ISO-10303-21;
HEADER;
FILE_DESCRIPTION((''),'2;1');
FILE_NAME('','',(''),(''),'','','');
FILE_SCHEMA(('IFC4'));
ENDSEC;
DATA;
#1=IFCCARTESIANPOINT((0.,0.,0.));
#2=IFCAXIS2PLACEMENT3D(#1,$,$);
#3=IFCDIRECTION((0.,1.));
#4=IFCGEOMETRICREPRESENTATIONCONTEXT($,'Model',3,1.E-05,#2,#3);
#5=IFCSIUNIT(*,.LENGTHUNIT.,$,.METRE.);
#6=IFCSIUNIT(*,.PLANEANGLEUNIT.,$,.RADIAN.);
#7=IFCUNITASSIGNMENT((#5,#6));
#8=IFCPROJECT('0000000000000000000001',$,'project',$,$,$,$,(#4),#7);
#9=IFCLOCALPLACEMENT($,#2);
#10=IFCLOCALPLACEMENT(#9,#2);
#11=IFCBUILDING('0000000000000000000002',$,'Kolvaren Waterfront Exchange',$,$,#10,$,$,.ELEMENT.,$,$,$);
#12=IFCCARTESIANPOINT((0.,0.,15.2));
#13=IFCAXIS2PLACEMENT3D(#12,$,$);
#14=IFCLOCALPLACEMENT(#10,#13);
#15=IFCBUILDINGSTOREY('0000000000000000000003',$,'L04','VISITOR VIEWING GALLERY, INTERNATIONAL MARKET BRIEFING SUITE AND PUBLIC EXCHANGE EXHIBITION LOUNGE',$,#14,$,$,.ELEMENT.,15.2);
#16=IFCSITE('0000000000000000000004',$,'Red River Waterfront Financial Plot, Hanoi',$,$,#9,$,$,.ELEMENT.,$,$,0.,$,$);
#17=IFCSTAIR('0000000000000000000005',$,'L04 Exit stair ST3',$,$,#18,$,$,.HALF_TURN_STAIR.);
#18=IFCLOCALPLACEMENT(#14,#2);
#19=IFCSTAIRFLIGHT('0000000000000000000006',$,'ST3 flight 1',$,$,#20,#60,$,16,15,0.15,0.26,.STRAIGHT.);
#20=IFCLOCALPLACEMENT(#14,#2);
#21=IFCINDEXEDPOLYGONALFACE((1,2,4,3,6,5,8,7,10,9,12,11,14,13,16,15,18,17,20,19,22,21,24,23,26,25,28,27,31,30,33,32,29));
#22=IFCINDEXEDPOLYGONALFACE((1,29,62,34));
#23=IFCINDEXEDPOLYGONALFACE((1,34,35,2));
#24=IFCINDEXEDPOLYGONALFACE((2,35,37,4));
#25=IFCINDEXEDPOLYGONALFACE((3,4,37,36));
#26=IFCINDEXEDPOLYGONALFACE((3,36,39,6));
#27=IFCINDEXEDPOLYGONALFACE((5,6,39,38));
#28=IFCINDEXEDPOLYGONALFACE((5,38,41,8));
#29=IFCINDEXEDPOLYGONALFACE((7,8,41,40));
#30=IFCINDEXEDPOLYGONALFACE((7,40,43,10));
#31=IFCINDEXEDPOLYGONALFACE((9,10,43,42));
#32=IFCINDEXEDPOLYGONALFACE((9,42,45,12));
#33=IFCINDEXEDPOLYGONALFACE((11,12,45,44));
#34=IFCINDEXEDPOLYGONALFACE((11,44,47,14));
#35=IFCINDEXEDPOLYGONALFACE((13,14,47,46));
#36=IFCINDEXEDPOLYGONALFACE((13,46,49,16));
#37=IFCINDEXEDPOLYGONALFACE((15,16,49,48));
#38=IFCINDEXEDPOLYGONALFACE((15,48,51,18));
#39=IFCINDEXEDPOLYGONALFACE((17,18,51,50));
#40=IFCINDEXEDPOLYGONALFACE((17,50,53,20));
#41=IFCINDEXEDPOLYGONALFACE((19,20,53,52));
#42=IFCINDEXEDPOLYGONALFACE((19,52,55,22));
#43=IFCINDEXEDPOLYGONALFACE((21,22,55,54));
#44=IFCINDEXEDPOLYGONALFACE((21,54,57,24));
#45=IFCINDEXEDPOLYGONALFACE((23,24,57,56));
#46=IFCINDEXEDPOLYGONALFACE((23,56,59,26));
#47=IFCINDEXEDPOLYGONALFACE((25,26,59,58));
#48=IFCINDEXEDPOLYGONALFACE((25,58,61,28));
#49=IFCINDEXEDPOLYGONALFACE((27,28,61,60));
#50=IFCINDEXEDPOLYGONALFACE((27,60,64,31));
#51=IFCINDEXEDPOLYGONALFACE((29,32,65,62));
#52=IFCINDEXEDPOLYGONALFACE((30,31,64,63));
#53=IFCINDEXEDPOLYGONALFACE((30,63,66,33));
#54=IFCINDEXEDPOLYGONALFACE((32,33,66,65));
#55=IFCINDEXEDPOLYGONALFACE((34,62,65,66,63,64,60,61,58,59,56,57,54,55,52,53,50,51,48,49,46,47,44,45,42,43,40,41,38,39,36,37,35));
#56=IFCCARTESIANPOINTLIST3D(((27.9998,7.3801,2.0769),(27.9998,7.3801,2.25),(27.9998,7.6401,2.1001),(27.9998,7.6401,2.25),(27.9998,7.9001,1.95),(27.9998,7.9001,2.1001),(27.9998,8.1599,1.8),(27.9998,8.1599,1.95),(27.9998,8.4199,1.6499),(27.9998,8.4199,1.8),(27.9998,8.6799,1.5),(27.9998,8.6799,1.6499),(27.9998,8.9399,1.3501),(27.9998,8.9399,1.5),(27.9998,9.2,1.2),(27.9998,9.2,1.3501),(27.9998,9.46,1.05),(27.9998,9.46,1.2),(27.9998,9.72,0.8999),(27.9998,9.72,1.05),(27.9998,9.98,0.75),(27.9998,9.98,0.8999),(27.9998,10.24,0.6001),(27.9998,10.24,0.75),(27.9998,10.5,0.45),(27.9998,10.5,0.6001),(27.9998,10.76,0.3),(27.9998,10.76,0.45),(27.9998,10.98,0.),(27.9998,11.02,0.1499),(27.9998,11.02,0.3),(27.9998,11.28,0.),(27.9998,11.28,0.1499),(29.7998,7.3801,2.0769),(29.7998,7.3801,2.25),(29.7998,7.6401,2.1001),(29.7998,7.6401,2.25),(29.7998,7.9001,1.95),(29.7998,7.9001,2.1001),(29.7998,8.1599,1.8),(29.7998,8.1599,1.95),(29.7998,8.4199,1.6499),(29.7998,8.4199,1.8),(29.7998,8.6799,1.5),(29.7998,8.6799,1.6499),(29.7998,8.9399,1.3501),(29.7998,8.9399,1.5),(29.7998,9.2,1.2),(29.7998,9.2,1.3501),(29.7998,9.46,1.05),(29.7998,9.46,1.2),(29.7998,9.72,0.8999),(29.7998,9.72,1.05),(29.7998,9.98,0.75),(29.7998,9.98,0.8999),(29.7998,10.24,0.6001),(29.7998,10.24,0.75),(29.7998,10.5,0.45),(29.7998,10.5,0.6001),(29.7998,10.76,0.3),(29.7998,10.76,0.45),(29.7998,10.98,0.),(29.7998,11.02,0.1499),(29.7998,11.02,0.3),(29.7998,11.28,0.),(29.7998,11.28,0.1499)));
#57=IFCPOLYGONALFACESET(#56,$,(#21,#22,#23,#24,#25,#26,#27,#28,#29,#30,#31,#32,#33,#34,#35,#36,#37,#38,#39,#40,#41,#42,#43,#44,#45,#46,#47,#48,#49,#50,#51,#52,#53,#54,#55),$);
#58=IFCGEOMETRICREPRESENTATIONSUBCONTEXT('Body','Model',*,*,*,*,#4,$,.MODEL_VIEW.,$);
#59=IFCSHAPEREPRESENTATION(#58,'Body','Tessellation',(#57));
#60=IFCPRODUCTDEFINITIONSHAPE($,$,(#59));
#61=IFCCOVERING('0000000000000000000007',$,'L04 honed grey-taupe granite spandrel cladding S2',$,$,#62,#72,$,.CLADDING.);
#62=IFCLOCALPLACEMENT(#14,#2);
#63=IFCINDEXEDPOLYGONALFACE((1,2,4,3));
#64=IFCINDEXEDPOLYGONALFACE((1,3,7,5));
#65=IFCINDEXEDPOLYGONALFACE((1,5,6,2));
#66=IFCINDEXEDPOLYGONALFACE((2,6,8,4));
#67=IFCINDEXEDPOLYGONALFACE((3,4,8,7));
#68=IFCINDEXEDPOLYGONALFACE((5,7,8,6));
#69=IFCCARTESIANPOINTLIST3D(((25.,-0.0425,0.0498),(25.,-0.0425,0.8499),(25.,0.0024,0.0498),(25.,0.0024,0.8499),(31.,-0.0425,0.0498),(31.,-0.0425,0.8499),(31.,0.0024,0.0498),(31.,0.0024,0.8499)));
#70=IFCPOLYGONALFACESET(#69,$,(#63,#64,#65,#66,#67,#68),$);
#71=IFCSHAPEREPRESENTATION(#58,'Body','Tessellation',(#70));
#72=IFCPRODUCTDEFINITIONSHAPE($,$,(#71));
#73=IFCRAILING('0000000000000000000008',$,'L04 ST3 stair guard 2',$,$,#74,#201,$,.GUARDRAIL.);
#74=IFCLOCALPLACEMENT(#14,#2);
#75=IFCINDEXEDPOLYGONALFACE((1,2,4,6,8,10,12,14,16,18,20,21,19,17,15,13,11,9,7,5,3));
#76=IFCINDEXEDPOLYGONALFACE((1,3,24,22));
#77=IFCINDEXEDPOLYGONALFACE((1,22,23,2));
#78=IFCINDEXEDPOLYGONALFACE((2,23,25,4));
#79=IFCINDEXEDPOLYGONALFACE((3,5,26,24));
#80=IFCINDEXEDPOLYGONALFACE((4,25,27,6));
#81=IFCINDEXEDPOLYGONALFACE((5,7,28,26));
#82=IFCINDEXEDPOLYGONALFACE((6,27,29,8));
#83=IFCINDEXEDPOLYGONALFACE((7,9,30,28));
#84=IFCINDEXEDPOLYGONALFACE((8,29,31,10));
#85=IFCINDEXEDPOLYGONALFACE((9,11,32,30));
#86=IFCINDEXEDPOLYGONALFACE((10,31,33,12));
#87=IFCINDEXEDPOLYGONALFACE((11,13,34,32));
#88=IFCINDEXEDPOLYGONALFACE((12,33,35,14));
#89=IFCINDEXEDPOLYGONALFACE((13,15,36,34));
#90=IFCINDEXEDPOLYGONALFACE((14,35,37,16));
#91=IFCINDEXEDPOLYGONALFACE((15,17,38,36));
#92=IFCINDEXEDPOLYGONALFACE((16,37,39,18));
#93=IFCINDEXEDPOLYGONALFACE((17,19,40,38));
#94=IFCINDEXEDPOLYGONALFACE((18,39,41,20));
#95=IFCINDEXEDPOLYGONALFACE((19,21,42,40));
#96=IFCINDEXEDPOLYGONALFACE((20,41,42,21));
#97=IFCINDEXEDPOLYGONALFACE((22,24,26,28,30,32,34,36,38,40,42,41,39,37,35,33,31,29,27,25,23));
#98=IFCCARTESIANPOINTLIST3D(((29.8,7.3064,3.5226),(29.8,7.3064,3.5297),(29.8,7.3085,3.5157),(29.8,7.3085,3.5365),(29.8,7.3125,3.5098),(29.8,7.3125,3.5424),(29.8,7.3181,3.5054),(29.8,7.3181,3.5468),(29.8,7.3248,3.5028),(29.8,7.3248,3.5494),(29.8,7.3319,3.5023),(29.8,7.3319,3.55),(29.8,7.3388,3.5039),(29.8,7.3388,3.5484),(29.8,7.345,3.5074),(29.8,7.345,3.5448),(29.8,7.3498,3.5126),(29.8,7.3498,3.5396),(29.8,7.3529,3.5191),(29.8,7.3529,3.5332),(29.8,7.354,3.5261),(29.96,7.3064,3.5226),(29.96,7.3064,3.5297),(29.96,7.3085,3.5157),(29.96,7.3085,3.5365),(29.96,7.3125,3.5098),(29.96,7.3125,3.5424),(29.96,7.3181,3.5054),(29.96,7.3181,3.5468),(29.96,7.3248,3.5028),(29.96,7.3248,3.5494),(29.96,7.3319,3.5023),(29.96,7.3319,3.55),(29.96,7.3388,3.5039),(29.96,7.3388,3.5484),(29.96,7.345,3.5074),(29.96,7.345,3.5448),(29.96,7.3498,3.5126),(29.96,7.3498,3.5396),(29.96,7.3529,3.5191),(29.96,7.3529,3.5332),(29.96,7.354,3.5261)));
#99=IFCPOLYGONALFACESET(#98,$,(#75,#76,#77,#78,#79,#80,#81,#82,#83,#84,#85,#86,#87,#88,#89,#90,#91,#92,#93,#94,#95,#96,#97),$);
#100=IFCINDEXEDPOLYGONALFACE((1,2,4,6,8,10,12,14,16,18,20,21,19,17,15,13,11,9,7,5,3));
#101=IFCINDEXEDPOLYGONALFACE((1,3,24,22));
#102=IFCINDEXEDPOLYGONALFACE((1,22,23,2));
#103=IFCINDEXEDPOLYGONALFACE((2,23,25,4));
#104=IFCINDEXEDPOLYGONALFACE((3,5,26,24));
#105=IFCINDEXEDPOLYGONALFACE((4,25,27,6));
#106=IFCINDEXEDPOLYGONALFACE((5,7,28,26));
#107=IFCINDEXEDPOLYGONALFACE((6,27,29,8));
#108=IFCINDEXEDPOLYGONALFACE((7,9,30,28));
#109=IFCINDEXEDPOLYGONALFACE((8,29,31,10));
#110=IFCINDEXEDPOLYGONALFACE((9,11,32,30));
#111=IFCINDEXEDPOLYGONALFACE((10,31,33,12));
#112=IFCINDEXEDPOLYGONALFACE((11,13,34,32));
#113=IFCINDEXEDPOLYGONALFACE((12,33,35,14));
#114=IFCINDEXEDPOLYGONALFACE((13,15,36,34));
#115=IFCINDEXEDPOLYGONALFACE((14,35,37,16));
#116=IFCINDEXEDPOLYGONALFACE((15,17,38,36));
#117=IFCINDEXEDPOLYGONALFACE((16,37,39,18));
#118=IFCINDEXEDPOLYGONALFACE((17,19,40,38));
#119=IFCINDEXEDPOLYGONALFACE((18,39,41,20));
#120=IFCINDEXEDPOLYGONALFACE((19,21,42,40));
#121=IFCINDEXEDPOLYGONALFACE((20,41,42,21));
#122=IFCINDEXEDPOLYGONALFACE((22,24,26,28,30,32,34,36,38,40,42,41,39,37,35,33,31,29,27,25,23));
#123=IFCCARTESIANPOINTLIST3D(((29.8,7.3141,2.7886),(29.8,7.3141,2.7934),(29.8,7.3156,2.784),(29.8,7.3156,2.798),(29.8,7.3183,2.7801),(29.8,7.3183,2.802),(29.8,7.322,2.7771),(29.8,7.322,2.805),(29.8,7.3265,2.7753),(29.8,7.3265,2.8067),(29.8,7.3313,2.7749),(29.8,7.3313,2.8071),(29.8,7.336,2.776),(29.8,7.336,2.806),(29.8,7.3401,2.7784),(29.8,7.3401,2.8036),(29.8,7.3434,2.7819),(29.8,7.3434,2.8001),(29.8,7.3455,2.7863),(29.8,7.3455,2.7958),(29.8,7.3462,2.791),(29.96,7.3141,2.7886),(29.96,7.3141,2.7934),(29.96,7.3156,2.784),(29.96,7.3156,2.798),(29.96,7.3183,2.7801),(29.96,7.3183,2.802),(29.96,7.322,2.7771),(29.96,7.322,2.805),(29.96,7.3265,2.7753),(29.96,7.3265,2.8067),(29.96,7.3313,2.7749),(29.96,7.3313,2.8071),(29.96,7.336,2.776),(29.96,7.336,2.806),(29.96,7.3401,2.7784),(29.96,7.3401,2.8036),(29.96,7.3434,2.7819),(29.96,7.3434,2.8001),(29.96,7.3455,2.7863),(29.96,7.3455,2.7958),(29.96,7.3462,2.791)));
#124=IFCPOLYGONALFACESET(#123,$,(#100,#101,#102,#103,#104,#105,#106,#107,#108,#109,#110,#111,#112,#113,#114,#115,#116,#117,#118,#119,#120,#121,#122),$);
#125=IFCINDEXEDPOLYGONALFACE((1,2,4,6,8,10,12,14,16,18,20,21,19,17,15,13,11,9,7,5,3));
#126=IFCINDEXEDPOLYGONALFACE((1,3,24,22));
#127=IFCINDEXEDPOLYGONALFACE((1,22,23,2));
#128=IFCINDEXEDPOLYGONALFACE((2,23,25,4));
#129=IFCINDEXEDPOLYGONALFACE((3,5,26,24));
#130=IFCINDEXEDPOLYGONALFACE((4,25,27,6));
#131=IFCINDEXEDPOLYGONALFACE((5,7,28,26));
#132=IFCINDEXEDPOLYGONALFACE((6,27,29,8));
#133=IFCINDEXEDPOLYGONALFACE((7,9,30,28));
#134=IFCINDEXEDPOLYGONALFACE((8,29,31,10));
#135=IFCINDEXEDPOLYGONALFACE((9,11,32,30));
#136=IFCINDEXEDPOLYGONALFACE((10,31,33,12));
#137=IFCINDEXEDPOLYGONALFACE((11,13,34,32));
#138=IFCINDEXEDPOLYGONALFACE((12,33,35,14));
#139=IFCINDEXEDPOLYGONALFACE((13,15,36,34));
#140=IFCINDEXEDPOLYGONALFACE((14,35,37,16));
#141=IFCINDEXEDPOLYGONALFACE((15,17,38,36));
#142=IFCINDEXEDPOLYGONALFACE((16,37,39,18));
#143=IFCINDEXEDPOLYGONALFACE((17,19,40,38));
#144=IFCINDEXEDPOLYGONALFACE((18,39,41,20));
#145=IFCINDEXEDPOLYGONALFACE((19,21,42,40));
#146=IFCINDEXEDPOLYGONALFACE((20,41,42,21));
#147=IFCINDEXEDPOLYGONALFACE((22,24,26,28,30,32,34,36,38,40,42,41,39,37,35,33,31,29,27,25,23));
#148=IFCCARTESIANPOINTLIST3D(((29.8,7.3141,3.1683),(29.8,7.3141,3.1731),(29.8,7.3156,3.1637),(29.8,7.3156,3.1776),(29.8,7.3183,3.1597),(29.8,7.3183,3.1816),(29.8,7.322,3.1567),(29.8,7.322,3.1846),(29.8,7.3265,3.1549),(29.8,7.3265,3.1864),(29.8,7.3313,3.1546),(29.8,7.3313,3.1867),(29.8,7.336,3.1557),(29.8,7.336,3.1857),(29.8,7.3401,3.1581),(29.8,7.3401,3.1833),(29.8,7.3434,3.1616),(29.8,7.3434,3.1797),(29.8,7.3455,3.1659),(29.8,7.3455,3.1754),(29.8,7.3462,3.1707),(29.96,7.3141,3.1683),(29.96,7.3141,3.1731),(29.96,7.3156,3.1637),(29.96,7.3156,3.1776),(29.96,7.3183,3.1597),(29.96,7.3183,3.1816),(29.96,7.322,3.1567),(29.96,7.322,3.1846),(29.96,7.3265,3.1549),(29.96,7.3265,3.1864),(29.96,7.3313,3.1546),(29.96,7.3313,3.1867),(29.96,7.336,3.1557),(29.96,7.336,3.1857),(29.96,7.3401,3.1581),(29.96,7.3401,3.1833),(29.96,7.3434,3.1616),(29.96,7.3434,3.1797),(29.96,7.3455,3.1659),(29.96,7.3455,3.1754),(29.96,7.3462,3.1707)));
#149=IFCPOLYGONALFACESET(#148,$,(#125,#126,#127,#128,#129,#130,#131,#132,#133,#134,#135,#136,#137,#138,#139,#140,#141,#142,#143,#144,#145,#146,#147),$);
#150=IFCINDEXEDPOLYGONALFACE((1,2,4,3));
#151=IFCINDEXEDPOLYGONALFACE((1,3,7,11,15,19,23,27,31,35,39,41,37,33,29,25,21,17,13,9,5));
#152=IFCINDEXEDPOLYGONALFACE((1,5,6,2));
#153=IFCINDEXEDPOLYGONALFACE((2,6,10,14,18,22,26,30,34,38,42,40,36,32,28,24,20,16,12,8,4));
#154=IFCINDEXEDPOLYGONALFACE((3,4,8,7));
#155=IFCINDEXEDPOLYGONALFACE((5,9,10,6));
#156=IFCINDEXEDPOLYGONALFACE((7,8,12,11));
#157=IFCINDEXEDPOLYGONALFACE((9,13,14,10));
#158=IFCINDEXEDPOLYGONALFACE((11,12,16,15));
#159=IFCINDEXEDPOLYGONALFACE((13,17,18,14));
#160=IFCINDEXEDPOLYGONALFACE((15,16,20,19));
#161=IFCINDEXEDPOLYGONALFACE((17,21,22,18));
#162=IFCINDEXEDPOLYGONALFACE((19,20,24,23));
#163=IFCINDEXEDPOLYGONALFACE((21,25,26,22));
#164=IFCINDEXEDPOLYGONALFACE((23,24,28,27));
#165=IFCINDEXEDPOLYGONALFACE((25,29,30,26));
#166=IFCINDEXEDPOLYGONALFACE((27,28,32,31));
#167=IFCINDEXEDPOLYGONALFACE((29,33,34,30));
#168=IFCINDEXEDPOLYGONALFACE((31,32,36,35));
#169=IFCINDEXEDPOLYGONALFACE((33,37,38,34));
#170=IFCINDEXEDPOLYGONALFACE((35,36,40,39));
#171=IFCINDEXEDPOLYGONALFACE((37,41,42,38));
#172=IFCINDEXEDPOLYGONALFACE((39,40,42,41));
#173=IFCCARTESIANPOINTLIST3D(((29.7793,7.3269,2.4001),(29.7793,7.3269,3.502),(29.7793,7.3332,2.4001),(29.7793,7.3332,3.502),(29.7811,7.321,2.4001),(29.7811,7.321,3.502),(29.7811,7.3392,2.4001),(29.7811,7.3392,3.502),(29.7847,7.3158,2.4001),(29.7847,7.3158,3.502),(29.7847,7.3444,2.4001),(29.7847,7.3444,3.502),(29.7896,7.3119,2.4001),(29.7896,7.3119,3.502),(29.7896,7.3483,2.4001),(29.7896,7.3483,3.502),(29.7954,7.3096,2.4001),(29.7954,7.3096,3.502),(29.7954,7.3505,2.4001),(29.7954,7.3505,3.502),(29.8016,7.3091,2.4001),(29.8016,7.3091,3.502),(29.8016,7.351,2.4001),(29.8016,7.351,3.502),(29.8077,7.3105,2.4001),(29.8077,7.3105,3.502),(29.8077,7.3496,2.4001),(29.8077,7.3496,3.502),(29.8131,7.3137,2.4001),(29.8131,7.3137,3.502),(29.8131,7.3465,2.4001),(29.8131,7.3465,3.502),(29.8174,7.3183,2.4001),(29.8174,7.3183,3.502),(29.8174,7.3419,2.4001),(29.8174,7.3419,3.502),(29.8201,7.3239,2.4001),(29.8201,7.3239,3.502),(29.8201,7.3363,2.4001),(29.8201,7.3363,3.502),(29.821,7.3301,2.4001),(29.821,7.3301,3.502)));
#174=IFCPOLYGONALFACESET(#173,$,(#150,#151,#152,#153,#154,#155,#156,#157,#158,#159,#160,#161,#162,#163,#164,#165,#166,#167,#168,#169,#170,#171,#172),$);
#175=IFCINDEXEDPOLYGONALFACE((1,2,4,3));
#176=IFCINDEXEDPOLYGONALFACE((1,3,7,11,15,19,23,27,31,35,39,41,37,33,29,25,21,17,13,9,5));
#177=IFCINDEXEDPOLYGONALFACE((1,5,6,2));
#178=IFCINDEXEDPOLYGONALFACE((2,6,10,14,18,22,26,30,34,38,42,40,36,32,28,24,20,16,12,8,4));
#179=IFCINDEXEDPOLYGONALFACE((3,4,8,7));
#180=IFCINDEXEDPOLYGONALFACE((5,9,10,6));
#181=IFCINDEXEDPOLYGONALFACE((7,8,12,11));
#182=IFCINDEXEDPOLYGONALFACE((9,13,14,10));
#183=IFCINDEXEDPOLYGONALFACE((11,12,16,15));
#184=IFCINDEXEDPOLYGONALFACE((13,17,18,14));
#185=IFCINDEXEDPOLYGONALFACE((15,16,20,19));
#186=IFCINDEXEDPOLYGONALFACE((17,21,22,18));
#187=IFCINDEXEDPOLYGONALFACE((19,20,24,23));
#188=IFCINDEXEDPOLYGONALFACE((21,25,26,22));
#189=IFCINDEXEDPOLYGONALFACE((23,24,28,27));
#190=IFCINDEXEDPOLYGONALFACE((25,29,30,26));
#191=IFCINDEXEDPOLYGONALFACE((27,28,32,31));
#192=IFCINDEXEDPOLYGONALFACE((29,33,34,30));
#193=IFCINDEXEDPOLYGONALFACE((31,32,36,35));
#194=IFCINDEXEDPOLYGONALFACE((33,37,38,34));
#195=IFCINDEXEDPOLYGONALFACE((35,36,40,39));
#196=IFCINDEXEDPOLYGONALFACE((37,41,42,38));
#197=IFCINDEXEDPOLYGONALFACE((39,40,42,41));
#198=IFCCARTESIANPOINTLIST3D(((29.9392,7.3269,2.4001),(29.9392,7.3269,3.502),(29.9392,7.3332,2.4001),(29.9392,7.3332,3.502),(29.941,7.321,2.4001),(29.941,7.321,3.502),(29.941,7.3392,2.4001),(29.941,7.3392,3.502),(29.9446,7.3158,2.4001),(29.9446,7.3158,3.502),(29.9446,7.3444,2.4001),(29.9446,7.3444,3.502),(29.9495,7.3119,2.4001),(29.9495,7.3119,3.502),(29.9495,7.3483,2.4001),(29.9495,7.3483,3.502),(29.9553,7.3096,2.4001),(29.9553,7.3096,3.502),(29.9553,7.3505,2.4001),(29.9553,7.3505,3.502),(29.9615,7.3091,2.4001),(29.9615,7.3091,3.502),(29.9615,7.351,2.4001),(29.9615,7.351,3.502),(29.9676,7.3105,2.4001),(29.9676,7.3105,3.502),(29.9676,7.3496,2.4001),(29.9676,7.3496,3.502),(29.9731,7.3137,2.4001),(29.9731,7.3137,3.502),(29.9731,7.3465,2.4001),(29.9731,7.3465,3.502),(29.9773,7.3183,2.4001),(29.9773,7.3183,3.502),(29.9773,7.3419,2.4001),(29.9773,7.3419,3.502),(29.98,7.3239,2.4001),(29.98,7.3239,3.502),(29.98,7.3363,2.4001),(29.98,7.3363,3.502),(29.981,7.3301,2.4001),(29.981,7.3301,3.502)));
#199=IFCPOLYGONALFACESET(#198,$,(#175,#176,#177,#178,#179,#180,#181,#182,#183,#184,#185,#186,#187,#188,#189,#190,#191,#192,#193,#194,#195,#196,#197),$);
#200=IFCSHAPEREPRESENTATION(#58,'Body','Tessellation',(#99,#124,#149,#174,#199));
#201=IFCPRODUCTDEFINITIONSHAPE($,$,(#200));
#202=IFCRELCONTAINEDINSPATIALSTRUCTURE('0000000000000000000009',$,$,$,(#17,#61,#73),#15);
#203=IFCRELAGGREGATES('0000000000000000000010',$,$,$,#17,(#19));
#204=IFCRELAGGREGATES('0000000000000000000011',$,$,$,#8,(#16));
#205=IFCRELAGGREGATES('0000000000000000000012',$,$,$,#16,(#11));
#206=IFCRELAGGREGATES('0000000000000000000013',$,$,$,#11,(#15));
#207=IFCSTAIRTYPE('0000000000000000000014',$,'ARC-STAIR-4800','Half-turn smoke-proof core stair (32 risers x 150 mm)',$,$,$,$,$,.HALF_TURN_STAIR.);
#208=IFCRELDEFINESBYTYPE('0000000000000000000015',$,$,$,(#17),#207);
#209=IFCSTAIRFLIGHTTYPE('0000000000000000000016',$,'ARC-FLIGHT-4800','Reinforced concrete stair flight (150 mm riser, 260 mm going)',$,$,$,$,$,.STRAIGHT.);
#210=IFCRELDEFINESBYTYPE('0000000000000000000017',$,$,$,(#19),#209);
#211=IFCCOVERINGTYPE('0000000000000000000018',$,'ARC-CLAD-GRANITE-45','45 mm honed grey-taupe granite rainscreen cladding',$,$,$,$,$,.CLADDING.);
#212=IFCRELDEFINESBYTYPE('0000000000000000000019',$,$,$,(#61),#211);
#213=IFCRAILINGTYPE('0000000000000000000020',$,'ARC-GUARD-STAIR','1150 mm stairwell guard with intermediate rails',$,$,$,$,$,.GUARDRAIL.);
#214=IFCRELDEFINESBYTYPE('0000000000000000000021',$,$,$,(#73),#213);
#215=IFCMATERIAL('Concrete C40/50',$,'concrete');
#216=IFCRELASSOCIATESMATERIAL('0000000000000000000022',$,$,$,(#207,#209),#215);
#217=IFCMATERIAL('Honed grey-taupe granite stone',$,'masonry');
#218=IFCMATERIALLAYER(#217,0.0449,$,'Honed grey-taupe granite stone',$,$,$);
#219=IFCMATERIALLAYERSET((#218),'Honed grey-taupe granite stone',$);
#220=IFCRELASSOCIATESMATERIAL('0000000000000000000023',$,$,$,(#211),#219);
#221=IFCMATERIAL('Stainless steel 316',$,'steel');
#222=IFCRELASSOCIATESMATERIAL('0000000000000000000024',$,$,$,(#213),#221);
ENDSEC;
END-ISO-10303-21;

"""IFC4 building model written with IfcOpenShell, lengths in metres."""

from ifc_helpers import new_model, si_unit, direction, frame, origin, origin_2d, place, context, subcontext, project, spatial, polyline, rectangle, circle, outline, extrude, material, layer, layer_set, type_object, element, aggregate, save


model = new_model("IFC4")

# Units and contexts
model_context = context("Model", 3, precision=1e-05, world=origin(), true_north=direction((0.0, 1.0)))
body_context = subcontext(model_context, "Body", "Model", "MODEL_VIEW")
ifc_project = project(units=[si_unit("LENGTHUNIT", "METRE"), si_unit("PLANEANGLEUNIT", "RADIAN")], contexts=[model_context])

# Site, building, storey
site_placement = place(None, origin())
site = spatial("IfcSite", under=ifc_project, at=site_placement, Name="Red River Waterfront Financial Plot, Hanoi", CompositionType="ELEMENT", RefElevation=0.0)
building_placement = place(site_placement, origin())
building = spatial("IfcBuilding", under=site, at=building_placement, Name="Kolvaren Waterfront Exchange", CompositionType="ELEMENT")
storey_placement = place(building_placement, frame((0.0, 0.0, 15.2)))
storey = spatial("IfcBuildingStorey", under=building, at=storey_placement, Name="L04", Description="VISITOR VIEWING GALLERY, INTERNATIONAL MARKET BRIEFING SUITE AND PUBLIC EXCHANGE EXHIBITION LOUNGE", CompositionType="ELEMENT", Elevation=15.2)

# Shared definitions
ifc_material_1 = material(Name="Concrete C40/50", Category="concrete")

# Stair, stair flight
stair_type = type_object("IfcStairType", Name="ARC-STAIR-4800", Description="Half-turn smoke-proof core stair (32 risers x 150 mm)", PredefinedType="HALF_TURN_STAIR", material=ifc_material_1)
stair_placement = place(storey_placement, origin())
stair = element("IfcStair", 1, at=stair_placement, inside=storey, type_object=stair_type, Name="L04 Exit stair ST3", PredefinedType="HALF_TURN_STAIR")
stair_flight_type = type_object("IfcStairFlightType", Name="ARC-FLIGHT-4800", Description="Reinforced concrete stair flight (150 mm riser, 260 mm going)", PredefinedType="STRAIGHT", material=ifc_material_1)
stair_flight_placement = place(storey_placement, frame((28.8999, 11.28, 0.0), z_axis=(0.0, 0.0, 1.0), x_axis=(0.0, -1.0, 0.0)))
stair_flight = element("IfcStairFlight", 2, at=stair_flight_placement, type_object=stair_flight_type, Name="ST3 flight 1", NumberOfRisers=16, NumberOfTreads=15, PredefinedType="STRAIGHT", RiserHeight=0.15, TreadLength=0.26, context=body_context, shape_type="SweptSolid", body=[
    extrude(outline(polyline([(0.0, 0.0), (0.0, 0.1499), (0.26, 0.1499), (0.26, 0.3), (0.52, 0.3), (0.52, 0.45), (0.78, 0.45), (0.78, 0.6001), (1.04, 0.6001), (1.04, 0.75), (1.3, 0.75), (1.3, 0.8999), (1.5601, 0.8999), (1.5601, 1.05), (1.8201, 1.05), (1.8201, 1.2), (2.0801, 1.2), (2.0801, 1.3501), (2.3401, 1.3501), (2.3401, 1.5), (2.6001, 1.5), (2.6001, 1.6499), (2.8601, 1.6499), (2.8601, 1.8), (3.1201, 1.8), (3.1201, 1.95), (3.3799, 1.95), (3.3799, 2.1001), (3.6399, 2.1001), (3.6399, 2.25), (3.8999, 2.25), (3.8999, 2.3999), (3.8999, 2.0769), (0.3, 0.0), (0.0, 0.0)])), frame((0.0, 0.8999, 0.0), z_axis=(0.0, -1.0, 0.0), x_axis=(1.0, 0.0, 0.0)), (0.0, 0.0, 1.0), 1.8),
])
aggregate(stair, [stair_flight])

# Covering
ifc_material_2 = material(Name="Honed grey-taupe granite stone", Category="masonry")
ifc_layer_1 = layer(ifc_material_2, 0.0449, Name="Honed grey-taupe granite stone")
ifc_layer_set_1 = layer_set([ifc_layer_1], Name="Honed grey-taupe granite stone")
covering_type = type_object("IfcCoveringType", Name="ARC-CLAD-GRANITE-45", Description="45 mm honed grey-taupe granite rainscreen cladding", PredefinedType="CLADDING", material=ifc_layer_set_1)
covering_placement = place(storey_placement, frame((28.0, -0.02, 0.0498), z_axis=(0.0, 0.0, 1.0), x_axis=(1.0, 0.0, 0.0)))
element("IfcCovering", 3, at=covering_placement, inside=storey, type_object=covering_type, Name="L04 honed grey-taupe granite spandrel cladding S2", PredefinedType="CLADDING", context=body_context, shape_type="SweptSolid", body=[
    extrude(rectangle(XDim=6.0, YDim=0.0449, at=origin_2d()), origin(), (0.0, 0.0, 1.0), 0.8),
])

# Railing
ifc_material_3 = material(Name="Stainless steel 316", Category="steel")
railing_type_1 = type_object("IfcRailingType", Name="ARC-GUARD-STAIR", Description="1150 mm stairwell guard with intermediate rails", PredefinedType="GUARDRAIL", material=ifc_material_3)
railing_1_placement = place(storey_placement, frame((29.8, 7.3301, 2.4001)))
element("IfcRailing", 4, at=railing_1_placement, inside=storey, type_object=railing_type_1, Name="L04 ST3 stair guard 2", PredefinedType="GUARDRAIL", context=body_context, shape_type="SweptSolid", body=[
    extrude(circle(Radius=0.0239, at=origin_2d()), frame((0.0, 0.0, 1.126), z_axis=(1.0, 0.0, 0.0), x_axis=(0.0, 1.0, 0.0)), (0.0, 0.0, 1.0), 0.1599),
    extrude(circle(Radius=0.0161, at=origin_2d()), frame((0.0, 0.0, 0.3909), z_axis=(1.0, 0.0, 0.0), x_axis=(0.0, 1.0, 0.0)), (0.0, 0.0, 1.0), 0.1599),
    extrude(circle(Radius=0.0161, at=origin_2d()), frame((0.0, 0.0, 0.7705), z_axis=(1.0, 0.0, 0.0), x_axis=(0.0, 1.0, 0.0)), (0.0, 0.0, 1.0), 0.1599),
    extrude(circle(Radius=0.021, at=origin_2d()), origin(), (0.0, 0.0, 1.0), 1.1018),
    extrude(circle(Radius=0.021, at=origin_2d()), frame((0.1599, 0.0, 0.0)), (0.0, 0.0, 1.0), 1.1018),
])

save(model, "model.ifc")
